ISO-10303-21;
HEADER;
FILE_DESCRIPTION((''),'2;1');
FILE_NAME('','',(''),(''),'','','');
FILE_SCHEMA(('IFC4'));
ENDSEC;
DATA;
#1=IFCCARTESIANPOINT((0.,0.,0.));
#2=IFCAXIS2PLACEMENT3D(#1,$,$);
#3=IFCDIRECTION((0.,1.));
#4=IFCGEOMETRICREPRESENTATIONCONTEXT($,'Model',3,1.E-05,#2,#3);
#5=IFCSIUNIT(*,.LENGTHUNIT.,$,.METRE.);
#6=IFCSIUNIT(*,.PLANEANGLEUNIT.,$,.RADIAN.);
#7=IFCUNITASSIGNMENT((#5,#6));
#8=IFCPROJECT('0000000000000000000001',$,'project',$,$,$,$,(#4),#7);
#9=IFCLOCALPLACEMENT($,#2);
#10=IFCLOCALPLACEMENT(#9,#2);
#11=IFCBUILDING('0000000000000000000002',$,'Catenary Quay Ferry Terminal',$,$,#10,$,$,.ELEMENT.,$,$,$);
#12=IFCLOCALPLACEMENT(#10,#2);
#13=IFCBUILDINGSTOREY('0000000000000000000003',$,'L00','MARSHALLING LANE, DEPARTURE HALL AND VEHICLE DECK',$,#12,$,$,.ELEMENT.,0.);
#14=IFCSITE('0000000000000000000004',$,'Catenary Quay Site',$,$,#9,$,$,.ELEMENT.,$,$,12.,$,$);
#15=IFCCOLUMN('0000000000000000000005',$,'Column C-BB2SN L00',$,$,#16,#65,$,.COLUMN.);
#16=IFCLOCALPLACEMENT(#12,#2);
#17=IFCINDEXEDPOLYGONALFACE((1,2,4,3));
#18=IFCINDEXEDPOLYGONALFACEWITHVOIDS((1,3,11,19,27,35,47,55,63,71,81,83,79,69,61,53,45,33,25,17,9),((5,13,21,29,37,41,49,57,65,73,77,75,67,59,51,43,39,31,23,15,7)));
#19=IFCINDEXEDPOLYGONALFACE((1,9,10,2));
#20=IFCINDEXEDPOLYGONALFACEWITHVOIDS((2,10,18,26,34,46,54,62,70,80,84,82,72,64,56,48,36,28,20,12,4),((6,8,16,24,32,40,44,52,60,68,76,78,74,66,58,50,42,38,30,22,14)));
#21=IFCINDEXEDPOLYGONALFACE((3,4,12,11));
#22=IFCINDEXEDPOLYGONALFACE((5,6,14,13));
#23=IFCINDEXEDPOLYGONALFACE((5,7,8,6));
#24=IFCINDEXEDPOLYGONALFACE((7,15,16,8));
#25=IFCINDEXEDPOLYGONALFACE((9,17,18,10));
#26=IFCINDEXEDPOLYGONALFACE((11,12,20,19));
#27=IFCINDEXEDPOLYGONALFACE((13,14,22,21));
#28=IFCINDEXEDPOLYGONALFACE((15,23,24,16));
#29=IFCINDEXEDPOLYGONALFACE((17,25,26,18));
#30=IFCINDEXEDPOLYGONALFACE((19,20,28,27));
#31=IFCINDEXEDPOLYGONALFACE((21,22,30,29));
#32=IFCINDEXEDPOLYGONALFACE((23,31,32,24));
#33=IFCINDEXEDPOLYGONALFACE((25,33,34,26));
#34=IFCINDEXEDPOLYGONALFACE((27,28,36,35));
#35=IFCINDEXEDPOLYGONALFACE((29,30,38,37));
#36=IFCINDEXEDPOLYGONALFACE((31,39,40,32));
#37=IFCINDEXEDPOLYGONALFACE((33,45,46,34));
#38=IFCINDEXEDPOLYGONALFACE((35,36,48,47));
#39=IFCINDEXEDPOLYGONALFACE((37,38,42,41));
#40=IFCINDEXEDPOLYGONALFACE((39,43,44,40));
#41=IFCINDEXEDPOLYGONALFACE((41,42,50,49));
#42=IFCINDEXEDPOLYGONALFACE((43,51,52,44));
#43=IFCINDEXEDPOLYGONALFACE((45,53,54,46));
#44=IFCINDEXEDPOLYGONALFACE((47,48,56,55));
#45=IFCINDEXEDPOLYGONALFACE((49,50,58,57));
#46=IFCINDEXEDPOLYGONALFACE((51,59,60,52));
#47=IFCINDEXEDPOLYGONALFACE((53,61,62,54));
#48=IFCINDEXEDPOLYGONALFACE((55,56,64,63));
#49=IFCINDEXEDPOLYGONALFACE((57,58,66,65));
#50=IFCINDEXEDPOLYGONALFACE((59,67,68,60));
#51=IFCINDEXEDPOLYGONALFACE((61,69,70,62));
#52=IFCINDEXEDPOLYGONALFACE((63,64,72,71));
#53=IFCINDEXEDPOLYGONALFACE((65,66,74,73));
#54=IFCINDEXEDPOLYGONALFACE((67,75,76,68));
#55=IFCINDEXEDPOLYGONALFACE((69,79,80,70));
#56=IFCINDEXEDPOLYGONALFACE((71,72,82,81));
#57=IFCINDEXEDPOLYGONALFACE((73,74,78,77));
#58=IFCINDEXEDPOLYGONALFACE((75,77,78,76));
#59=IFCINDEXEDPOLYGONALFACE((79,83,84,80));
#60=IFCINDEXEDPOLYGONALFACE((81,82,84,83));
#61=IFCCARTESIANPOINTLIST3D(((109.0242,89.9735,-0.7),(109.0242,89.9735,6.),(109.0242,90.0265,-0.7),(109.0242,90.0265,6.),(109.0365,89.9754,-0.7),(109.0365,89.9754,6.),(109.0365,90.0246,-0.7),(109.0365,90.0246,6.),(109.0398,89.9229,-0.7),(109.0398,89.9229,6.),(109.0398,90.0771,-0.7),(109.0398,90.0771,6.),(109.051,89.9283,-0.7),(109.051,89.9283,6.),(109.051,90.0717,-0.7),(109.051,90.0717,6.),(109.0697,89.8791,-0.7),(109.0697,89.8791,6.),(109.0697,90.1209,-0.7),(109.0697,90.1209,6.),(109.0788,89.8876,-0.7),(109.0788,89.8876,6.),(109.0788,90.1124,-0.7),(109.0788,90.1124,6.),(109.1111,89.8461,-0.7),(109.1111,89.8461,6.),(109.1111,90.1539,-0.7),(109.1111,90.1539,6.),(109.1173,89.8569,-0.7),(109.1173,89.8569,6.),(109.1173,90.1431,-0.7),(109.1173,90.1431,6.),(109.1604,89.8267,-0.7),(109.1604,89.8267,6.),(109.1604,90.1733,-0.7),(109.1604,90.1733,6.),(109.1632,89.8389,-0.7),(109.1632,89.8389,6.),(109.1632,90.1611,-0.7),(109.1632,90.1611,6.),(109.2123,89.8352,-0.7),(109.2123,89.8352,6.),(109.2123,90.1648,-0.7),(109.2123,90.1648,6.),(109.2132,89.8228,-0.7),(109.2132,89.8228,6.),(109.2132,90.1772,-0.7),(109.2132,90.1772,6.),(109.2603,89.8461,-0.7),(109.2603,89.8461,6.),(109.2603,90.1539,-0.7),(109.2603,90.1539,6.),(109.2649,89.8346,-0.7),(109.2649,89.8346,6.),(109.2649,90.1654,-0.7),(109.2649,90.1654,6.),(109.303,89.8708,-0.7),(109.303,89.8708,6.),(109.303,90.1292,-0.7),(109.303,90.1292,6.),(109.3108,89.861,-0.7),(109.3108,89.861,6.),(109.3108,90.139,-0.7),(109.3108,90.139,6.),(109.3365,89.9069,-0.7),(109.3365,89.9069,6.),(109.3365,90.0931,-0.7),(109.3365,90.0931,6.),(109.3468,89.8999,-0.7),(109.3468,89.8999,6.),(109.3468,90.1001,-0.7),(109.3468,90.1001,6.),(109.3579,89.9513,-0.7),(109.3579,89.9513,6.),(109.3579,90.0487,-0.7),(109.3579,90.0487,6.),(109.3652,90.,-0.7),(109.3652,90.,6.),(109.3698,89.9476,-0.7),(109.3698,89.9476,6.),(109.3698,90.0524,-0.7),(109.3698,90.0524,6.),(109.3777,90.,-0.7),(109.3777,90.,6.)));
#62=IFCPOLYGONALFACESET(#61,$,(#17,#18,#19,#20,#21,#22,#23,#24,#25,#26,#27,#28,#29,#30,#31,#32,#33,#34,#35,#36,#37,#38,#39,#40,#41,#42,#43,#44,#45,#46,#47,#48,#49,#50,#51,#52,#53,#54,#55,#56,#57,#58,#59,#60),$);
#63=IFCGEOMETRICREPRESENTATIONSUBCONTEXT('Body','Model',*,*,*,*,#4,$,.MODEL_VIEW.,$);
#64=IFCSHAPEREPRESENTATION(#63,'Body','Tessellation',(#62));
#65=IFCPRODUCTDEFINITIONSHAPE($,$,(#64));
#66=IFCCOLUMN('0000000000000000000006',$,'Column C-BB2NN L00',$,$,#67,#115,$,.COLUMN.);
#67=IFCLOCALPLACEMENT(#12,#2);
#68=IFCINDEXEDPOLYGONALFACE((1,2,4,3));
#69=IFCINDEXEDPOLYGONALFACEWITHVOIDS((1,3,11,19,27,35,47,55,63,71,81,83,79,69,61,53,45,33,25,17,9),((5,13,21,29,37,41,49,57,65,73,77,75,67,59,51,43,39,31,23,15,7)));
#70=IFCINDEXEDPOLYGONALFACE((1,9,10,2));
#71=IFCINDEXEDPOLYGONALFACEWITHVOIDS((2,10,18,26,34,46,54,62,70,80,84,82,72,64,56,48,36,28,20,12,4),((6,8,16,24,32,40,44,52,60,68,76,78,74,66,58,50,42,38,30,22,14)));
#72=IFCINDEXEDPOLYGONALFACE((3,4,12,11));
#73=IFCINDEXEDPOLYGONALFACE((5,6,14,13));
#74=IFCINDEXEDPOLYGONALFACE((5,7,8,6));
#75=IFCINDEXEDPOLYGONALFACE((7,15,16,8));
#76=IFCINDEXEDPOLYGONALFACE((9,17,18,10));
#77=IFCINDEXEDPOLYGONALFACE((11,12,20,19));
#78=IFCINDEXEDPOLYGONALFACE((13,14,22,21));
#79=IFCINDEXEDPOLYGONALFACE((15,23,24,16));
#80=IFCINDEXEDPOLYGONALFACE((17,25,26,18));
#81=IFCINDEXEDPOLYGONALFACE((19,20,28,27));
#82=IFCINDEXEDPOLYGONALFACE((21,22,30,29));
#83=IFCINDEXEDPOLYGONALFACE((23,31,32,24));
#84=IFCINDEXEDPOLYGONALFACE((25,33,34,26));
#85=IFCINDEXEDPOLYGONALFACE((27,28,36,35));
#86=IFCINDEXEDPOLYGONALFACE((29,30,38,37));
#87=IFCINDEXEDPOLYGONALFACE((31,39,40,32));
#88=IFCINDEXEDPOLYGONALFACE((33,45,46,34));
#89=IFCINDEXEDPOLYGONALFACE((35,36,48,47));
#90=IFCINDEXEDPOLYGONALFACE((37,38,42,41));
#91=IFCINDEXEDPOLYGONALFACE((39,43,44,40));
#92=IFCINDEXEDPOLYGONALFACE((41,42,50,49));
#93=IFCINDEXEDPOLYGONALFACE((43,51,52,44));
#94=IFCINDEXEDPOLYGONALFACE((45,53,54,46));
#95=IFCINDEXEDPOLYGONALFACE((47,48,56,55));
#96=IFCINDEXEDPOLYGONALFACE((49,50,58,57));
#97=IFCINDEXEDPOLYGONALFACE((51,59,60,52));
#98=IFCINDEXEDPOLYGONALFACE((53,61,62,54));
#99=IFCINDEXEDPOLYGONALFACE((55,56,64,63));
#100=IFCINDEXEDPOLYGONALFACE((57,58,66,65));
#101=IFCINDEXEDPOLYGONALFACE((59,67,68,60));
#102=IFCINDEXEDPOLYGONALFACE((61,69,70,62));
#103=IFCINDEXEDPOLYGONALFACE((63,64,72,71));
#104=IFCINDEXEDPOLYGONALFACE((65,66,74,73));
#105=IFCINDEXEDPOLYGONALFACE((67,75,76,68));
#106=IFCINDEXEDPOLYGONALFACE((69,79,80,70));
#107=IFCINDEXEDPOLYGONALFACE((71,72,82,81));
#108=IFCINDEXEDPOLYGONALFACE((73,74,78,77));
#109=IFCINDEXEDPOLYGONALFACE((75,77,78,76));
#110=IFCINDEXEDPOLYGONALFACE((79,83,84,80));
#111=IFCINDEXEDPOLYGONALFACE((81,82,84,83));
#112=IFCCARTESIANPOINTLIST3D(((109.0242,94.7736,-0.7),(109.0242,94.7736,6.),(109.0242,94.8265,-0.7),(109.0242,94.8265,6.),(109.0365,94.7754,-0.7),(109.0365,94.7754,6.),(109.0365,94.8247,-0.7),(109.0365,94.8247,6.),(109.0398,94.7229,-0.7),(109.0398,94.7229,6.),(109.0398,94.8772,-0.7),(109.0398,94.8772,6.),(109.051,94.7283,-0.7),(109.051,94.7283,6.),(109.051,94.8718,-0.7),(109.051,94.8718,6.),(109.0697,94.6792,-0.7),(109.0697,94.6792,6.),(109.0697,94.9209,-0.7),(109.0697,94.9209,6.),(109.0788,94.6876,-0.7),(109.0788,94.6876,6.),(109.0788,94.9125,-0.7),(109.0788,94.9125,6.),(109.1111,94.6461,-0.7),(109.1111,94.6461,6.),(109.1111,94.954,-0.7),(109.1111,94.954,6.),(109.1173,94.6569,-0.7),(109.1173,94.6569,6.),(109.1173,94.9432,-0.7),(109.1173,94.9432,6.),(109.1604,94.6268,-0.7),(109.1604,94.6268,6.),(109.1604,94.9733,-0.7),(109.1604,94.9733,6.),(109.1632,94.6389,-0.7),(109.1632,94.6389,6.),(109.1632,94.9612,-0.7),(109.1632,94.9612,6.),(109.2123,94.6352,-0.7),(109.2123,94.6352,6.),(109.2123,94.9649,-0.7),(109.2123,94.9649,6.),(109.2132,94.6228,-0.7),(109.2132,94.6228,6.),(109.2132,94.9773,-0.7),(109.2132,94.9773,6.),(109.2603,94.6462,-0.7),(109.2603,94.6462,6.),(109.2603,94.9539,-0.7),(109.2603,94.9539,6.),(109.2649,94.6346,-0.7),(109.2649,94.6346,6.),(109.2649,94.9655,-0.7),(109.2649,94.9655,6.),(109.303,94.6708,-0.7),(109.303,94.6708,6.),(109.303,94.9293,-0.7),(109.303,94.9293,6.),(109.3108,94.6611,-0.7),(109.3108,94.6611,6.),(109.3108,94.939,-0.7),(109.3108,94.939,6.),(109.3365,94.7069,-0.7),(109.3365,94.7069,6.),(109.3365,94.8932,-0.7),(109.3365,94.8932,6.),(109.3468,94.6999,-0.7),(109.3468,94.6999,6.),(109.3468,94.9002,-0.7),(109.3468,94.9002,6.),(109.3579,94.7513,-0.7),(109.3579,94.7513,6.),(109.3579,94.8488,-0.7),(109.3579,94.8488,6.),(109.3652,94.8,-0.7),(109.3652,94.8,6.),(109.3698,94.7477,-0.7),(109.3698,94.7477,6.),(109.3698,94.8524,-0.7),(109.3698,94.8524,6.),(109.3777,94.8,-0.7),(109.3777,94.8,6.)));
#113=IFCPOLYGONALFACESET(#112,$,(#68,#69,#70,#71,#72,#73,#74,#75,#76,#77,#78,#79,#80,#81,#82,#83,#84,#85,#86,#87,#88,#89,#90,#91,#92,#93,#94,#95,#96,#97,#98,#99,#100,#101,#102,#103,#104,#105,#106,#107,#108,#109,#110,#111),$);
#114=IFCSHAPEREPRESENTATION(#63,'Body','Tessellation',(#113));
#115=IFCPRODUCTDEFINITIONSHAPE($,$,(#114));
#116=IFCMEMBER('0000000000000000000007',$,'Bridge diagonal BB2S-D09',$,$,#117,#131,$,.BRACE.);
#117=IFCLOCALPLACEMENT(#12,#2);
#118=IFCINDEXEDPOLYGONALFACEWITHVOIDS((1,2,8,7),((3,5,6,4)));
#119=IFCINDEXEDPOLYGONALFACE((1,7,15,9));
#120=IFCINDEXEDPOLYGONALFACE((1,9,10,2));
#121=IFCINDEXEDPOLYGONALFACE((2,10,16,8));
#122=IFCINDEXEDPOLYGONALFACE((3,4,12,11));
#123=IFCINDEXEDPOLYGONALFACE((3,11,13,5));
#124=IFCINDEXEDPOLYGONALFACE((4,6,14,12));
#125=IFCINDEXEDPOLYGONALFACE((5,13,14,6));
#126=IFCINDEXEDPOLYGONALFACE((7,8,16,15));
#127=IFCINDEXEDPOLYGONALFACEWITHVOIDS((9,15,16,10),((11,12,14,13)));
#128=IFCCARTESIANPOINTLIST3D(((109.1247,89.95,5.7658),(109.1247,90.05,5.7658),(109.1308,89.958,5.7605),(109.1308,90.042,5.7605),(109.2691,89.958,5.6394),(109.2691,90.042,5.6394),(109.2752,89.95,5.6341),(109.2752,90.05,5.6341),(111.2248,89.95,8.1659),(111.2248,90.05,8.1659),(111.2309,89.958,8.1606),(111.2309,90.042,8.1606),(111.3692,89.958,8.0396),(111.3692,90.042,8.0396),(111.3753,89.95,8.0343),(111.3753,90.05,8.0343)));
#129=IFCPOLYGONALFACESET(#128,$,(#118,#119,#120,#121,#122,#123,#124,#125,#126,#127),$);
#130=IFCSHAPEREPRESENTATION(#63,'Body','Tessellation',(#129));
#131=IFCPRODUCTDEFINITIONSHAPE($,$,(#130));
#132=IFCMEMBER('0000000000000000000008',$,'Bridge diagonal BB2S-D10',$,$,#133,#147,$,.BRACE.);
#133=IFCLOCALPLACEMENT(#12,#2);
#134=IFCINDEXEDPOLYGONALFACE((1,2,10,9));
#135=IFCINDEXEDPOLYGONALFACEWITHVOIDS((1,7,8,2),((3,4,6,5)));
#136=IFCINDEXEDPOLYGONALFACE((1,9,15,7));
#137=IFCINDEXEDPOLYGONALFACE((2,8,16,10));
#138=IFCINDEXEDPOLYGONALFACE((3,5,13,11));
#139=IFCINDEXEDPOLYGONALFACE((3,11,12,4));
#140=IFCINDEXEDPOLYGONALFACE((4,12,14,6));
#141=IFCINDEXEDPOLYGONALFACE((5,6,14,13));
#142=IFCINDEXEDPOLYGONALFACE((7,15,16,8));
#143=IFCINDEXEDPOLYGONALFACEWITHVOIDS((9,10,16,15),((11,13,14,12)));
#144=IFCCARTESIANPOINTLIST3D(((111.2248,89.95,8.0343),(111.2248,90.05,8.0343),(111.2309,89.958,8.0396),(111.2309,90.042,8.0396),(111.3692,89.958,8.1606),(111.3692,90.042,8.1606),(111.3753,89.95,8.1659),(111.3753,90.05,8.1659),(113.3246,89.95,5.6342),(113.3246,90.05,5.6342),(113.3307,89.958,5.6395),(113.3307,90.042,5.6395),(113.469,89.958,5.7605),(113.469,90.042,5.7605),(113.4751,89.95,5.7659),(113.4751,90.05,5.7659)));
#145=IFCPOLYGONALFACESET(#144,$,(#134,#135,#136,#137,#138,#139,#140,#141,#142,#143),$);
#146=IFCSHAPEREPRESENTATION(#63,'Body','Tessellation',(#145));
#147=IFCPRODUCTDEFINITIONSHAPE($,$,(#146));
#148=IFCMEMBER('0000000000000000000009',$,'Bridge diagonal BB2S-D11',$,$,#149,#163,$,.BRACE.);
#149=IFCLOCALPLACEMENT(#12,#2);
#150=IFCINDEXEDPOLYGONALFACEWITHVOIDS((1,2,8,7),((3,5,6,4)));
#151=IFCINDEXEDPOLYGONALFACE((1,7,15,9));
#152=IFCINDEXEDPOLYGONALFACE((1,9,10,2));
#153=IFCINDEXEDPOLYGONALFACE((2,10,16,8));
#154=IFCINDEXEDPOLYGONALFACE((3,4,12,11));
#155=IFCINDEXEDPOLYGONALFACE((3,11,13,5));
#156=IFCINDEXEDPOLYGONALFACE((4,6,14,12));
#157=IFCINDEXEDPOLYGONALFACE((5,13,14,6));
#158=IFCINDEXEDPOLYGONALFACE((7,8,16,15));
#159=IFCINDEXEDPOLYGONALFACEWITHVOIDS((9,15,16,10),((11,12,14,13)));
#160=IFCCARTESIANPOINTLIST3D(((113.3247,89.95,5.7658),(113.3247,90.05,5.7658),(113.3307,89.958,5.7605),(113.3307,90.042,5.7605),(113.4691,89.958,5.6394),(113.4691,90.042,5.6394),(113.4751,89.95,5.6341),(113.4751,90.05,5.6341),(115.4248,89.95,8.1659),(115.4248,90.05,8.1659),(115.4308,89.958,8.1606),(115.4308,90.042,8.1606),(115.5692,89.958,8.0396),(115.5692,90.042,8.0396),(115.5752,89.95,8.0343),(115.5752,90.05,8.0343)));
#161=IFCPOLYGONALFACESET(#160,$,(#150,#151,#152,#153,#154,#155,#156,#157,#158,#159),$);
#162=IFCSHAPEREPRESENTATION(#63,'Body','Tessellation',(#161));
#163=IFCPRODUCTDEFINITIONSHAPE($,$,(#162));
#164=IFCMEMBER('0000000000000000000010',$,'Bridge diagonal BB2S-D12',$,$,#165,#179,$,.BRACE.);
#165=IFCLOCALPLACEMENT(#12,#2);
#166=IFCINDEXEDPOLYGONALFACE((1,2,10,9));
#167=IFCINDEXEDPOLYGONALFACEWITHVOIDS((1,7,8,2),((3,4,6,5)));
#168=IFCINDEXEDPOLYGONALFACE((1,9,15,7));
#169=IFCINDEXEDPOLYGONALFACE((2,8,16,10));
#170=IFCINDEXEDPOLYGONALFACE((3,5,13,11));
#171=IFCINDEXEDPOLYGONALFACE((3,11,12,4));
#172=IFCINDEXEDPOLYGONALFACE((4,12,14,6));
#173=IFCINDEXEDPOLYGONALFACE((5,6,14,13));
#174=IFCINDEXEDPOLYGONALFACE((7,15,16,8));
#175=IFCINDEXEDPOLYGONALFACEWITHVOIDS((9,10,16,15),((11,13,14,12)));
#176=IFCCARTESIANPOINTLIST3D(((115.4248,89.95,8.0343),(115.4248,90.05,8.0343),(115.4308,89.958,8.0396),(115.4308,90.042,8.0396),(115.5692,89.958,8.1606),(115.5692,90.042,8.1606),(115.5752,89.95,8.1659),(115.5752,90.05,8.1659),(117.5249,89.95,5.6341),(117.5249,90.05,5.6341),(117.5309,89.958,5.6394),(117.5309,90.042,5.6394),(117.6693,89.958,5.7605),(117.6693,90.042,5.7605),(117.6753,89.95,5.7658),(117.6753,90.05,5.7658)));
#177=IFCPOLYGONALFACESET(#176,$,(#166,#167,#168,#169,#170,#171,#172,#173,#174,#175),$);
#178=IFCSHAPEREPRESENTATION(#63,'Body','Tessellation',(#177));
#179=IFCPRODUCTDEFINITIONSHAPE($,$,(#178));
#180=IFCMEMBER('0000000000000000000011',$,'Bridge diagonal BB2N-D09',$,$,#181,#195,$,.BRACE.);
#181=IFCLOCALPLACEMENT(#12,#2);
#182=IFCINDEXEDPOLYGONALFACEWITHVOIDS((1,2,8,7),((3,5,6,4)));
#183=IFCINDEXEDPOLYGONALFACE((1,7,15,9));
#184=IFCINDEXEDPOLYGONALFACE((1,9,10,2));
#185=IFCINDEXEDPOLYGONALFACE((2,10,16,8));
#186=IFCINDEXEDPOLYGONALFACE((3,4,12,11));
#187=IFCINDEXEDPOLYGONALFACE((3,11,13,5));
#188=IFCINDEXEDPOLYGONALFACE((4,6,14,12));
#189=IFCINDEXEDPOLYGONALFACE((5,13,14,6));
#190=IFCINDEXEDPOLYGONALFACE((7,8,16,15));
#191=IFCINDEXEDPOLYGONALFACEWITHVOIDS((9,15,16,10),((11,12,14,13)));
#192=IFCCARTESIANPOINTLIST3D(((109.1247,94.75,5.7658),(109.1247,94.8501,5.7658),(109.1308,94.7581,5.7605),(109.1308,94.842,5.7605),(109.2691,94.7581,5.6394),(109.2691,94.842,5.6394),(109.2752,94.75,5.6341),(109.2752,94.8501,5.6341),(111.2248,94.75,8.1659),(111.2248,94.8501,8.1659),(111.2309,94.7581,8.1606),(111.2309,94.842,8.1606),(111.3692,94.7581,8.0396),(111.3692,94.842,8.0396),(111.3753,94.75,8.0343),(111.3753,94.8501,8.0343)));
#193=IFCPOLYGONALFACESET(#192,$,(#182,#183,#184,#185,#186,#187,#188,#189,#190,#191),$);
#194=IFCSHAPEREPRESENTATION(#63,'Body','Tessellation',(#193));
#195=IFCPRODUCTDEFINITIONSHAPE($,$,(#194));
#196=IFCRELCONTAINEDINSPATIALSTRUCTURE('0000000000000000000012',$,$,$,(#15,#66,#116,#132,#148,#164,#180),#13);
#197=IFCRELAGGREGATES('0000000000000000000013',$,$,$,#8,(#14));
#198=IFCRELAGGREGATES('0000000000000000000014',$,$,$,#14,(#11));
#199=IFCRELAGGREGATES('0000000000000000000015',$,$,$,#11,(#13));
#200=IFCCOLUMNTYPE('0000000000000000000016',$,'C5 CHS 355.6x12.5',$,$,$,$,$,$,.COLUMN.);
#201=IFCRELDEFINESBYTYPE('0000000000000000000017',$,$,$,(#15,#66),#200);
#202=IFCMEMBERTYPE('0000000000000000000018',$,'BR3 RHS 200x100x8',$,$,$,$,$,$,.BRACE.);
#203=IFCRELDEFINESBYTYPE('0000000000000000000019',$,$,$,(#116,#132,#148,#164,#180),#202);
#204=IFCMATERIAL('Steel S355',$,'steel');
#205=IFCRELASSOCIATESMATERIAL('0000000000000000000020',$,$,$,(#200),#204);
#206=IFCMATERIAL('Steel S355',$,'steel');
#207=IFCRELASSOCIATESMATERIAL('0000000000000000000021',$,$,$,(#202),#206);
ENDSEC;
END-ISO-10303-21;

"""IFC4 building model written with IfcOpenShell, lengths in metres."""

from ifc_helpers import new_model, si_unit, direction, frame, origin, origin_2d, place, context, subcontext, project, spatial, hollow_rectangle, hollow_circle, extrude, material, material_profile, profile_set, type_object, element, save


model = new_model("IFC4")

# Units and contexts
model_context = context("Model", 3, precision=1e-05, world=origin(), true_north=direction((0.0, 1.0)))
body_context = subcontext(model_context, "Body", "Model", "MODEL_VIEW")
ifc_project = project(units=[si_unit("LENGTHUNIT", "METRE"), si_unit("PLANEANGLEUNIT", "RADIAN")], contexts=[model_context])

# Site, building, storey
site_placement = place(None, origin())
site = spatial("IfcSite", under=ifc_project, at=site_placement, Name="Catenary Quay Site", CompositionType="ELEMENT", RefElevation=12.0)
building_placement = place(site_placement, origin())
building = spatial("IfcBuilding", under=site, at=building_placement, Name="Catenary Quay Ferry Terminal", CompositionType="ELEMENT")
storey_placement = place(building_placement, origin())
storey = spatial("IfcBuildingStorey", under=building, at=storey_placement, Name="L00", Description="MARSHALLING LANE, DEPARTURE HALL AND VEHICLE DECK", CompositionType="ELEMENT", Elevation=0.0)

# Columns
ifc_material_1 = material(Name="Steel S355", Category="steel")
ifc_material_profile_1 = material_profile(ifc_material_1, hollow_circle(Radius=0.1777, WallThickness=0.0125, at=origin_2d()), Name="CHS 355.6x12.5")
ifc_profile_set_1 = profile_set([ifc_material_profile_1], Name="Steel S355")
column_type = type_object("IfcColumnType", Name="C5 CHS 355.6x12.5", PredefinedType="COLUMN", material=ifc_profile_set_1)
for number, where, z_axis, x_axis, name in (
    (1, (109.2, 90.0, -0.7), (0.0, 0.0, 1.0), (1.0, 0.0, 0.0), "Column C-BB2SN L00"),
    (2, (109.2, 94.8, -0.7), (0.0, 0.0, 1.0), (1.0, 0.0, 0.0), "Column C-BB2NN L00"),
):
    element("IfcColumn", number, at=place(storey_placement, frame(where, z_axis=z_axis, x_axis=x_axis)), inside=storey, type_object=column_type, Name=name, PredefinedType="COLUMN", context=body_context, shape_type="SweptSolid", body=[
        extrude(hollow_circle(Radius=0.1777, WallThickness=0.0125, at=origin_2d()), origin(), (0.0, 0.0, 1.0), 6.7),
    ])

# Members
ifc_material_2 = material(Name="Steel S355", Category="steel")
ifc_material_profile_2 = material_profile(ifc_material_2, hollow_rectangle(XDim=0.1001, YDim=0.2, WallThickness=0.0081, at=origin_2d()), Name="RHS 200x100x8")
ifc_profile_set_2 = profile_set([ifc_material_profile_2], Name="Steel S355")
member_type_1 = type_object("IfcMemberType", Name="BR3 RHS 200x100x8", PredefinedType="BRACE", material=ifc_profile_set_2)
member_1_placement = place(storey_placement, frame((109.2, 90.0, 5.7), z_axis=(0.658499, 0.0, 0.752581), x_axis=(0.0, 1.0, 0.0)))
element("IfcMember", 3, at=member_1_placement, inside=storey, type_object=member_type_1, Name="Bridge diagonal BB2S-D09", PredefinedType="BRACE", context=body_context, shape_type="SweptSolid", body=[
    extrude(hollow_rectangle(XDim=0.1001, YDim=0.2, WallThickness=0.0081, at=origin_2d()), origin(), (0.0, 0.0, 1.0), 3.1892),
])
member_2_placement = place(storey_placement, frame((111.3, 90.0, 8.1001), z_axis=(0.658456, 0.0, -0.752619), x_axis=(0.0, 1.0, 0.0)))
element("IfcMember", 4, at=member_2_placement, inside=storey, type_object=member_type_1, Name="Bridge diagonal BB2S-D10", PredefinedType="BRACE", context=body_context, shape_type="SweptSolid", body=[
    extrude(hollow_rectangle(XDim=0.1001, YDim=0.2, WallThickness=0.0081, at=origin_2d()), origin(), (0.0, 0.0, 1.0), 3.189),
])
for number, where, z_axis, x_axis, name in (
    (5, (113.3999, 90.0, 5.7), (0.658499, 0.0, 0.752581), (0.0, 1.0, 0.0), "Bridge diagonal BB2S-D11"),
    (6, (115.5, 90.0, 8.1001), (0.658499, 0.0, -0.752581), (0.0, 1.0, 0.0), "Bridge diagonal BB2S-D12"),
    (7, (109.2, 94.8, 5.7), (0.658499, 0.0, 0.752581), (0.0, 1.0, 0.0), "Bridge diagonal BB2N-D09"),
):
    element("IfcMember", number, at=place(storey_placement, frame(where, z_axis=z_axis, x_axis=x_axis)), inside=storey, type_object=member_type_1, Name=name, PredefinedType="BRACE", context=body_context, shape_type="SweptSolid", body=[
        extrude(hollow_rectangle(XDim=0.1001, YDim=0.2, WallThickness=0.0081, at=origin_2d()), origin(), (0.0, 0.0, 1.0), 3.1892),
    ])

save(model, "model.ifc")
